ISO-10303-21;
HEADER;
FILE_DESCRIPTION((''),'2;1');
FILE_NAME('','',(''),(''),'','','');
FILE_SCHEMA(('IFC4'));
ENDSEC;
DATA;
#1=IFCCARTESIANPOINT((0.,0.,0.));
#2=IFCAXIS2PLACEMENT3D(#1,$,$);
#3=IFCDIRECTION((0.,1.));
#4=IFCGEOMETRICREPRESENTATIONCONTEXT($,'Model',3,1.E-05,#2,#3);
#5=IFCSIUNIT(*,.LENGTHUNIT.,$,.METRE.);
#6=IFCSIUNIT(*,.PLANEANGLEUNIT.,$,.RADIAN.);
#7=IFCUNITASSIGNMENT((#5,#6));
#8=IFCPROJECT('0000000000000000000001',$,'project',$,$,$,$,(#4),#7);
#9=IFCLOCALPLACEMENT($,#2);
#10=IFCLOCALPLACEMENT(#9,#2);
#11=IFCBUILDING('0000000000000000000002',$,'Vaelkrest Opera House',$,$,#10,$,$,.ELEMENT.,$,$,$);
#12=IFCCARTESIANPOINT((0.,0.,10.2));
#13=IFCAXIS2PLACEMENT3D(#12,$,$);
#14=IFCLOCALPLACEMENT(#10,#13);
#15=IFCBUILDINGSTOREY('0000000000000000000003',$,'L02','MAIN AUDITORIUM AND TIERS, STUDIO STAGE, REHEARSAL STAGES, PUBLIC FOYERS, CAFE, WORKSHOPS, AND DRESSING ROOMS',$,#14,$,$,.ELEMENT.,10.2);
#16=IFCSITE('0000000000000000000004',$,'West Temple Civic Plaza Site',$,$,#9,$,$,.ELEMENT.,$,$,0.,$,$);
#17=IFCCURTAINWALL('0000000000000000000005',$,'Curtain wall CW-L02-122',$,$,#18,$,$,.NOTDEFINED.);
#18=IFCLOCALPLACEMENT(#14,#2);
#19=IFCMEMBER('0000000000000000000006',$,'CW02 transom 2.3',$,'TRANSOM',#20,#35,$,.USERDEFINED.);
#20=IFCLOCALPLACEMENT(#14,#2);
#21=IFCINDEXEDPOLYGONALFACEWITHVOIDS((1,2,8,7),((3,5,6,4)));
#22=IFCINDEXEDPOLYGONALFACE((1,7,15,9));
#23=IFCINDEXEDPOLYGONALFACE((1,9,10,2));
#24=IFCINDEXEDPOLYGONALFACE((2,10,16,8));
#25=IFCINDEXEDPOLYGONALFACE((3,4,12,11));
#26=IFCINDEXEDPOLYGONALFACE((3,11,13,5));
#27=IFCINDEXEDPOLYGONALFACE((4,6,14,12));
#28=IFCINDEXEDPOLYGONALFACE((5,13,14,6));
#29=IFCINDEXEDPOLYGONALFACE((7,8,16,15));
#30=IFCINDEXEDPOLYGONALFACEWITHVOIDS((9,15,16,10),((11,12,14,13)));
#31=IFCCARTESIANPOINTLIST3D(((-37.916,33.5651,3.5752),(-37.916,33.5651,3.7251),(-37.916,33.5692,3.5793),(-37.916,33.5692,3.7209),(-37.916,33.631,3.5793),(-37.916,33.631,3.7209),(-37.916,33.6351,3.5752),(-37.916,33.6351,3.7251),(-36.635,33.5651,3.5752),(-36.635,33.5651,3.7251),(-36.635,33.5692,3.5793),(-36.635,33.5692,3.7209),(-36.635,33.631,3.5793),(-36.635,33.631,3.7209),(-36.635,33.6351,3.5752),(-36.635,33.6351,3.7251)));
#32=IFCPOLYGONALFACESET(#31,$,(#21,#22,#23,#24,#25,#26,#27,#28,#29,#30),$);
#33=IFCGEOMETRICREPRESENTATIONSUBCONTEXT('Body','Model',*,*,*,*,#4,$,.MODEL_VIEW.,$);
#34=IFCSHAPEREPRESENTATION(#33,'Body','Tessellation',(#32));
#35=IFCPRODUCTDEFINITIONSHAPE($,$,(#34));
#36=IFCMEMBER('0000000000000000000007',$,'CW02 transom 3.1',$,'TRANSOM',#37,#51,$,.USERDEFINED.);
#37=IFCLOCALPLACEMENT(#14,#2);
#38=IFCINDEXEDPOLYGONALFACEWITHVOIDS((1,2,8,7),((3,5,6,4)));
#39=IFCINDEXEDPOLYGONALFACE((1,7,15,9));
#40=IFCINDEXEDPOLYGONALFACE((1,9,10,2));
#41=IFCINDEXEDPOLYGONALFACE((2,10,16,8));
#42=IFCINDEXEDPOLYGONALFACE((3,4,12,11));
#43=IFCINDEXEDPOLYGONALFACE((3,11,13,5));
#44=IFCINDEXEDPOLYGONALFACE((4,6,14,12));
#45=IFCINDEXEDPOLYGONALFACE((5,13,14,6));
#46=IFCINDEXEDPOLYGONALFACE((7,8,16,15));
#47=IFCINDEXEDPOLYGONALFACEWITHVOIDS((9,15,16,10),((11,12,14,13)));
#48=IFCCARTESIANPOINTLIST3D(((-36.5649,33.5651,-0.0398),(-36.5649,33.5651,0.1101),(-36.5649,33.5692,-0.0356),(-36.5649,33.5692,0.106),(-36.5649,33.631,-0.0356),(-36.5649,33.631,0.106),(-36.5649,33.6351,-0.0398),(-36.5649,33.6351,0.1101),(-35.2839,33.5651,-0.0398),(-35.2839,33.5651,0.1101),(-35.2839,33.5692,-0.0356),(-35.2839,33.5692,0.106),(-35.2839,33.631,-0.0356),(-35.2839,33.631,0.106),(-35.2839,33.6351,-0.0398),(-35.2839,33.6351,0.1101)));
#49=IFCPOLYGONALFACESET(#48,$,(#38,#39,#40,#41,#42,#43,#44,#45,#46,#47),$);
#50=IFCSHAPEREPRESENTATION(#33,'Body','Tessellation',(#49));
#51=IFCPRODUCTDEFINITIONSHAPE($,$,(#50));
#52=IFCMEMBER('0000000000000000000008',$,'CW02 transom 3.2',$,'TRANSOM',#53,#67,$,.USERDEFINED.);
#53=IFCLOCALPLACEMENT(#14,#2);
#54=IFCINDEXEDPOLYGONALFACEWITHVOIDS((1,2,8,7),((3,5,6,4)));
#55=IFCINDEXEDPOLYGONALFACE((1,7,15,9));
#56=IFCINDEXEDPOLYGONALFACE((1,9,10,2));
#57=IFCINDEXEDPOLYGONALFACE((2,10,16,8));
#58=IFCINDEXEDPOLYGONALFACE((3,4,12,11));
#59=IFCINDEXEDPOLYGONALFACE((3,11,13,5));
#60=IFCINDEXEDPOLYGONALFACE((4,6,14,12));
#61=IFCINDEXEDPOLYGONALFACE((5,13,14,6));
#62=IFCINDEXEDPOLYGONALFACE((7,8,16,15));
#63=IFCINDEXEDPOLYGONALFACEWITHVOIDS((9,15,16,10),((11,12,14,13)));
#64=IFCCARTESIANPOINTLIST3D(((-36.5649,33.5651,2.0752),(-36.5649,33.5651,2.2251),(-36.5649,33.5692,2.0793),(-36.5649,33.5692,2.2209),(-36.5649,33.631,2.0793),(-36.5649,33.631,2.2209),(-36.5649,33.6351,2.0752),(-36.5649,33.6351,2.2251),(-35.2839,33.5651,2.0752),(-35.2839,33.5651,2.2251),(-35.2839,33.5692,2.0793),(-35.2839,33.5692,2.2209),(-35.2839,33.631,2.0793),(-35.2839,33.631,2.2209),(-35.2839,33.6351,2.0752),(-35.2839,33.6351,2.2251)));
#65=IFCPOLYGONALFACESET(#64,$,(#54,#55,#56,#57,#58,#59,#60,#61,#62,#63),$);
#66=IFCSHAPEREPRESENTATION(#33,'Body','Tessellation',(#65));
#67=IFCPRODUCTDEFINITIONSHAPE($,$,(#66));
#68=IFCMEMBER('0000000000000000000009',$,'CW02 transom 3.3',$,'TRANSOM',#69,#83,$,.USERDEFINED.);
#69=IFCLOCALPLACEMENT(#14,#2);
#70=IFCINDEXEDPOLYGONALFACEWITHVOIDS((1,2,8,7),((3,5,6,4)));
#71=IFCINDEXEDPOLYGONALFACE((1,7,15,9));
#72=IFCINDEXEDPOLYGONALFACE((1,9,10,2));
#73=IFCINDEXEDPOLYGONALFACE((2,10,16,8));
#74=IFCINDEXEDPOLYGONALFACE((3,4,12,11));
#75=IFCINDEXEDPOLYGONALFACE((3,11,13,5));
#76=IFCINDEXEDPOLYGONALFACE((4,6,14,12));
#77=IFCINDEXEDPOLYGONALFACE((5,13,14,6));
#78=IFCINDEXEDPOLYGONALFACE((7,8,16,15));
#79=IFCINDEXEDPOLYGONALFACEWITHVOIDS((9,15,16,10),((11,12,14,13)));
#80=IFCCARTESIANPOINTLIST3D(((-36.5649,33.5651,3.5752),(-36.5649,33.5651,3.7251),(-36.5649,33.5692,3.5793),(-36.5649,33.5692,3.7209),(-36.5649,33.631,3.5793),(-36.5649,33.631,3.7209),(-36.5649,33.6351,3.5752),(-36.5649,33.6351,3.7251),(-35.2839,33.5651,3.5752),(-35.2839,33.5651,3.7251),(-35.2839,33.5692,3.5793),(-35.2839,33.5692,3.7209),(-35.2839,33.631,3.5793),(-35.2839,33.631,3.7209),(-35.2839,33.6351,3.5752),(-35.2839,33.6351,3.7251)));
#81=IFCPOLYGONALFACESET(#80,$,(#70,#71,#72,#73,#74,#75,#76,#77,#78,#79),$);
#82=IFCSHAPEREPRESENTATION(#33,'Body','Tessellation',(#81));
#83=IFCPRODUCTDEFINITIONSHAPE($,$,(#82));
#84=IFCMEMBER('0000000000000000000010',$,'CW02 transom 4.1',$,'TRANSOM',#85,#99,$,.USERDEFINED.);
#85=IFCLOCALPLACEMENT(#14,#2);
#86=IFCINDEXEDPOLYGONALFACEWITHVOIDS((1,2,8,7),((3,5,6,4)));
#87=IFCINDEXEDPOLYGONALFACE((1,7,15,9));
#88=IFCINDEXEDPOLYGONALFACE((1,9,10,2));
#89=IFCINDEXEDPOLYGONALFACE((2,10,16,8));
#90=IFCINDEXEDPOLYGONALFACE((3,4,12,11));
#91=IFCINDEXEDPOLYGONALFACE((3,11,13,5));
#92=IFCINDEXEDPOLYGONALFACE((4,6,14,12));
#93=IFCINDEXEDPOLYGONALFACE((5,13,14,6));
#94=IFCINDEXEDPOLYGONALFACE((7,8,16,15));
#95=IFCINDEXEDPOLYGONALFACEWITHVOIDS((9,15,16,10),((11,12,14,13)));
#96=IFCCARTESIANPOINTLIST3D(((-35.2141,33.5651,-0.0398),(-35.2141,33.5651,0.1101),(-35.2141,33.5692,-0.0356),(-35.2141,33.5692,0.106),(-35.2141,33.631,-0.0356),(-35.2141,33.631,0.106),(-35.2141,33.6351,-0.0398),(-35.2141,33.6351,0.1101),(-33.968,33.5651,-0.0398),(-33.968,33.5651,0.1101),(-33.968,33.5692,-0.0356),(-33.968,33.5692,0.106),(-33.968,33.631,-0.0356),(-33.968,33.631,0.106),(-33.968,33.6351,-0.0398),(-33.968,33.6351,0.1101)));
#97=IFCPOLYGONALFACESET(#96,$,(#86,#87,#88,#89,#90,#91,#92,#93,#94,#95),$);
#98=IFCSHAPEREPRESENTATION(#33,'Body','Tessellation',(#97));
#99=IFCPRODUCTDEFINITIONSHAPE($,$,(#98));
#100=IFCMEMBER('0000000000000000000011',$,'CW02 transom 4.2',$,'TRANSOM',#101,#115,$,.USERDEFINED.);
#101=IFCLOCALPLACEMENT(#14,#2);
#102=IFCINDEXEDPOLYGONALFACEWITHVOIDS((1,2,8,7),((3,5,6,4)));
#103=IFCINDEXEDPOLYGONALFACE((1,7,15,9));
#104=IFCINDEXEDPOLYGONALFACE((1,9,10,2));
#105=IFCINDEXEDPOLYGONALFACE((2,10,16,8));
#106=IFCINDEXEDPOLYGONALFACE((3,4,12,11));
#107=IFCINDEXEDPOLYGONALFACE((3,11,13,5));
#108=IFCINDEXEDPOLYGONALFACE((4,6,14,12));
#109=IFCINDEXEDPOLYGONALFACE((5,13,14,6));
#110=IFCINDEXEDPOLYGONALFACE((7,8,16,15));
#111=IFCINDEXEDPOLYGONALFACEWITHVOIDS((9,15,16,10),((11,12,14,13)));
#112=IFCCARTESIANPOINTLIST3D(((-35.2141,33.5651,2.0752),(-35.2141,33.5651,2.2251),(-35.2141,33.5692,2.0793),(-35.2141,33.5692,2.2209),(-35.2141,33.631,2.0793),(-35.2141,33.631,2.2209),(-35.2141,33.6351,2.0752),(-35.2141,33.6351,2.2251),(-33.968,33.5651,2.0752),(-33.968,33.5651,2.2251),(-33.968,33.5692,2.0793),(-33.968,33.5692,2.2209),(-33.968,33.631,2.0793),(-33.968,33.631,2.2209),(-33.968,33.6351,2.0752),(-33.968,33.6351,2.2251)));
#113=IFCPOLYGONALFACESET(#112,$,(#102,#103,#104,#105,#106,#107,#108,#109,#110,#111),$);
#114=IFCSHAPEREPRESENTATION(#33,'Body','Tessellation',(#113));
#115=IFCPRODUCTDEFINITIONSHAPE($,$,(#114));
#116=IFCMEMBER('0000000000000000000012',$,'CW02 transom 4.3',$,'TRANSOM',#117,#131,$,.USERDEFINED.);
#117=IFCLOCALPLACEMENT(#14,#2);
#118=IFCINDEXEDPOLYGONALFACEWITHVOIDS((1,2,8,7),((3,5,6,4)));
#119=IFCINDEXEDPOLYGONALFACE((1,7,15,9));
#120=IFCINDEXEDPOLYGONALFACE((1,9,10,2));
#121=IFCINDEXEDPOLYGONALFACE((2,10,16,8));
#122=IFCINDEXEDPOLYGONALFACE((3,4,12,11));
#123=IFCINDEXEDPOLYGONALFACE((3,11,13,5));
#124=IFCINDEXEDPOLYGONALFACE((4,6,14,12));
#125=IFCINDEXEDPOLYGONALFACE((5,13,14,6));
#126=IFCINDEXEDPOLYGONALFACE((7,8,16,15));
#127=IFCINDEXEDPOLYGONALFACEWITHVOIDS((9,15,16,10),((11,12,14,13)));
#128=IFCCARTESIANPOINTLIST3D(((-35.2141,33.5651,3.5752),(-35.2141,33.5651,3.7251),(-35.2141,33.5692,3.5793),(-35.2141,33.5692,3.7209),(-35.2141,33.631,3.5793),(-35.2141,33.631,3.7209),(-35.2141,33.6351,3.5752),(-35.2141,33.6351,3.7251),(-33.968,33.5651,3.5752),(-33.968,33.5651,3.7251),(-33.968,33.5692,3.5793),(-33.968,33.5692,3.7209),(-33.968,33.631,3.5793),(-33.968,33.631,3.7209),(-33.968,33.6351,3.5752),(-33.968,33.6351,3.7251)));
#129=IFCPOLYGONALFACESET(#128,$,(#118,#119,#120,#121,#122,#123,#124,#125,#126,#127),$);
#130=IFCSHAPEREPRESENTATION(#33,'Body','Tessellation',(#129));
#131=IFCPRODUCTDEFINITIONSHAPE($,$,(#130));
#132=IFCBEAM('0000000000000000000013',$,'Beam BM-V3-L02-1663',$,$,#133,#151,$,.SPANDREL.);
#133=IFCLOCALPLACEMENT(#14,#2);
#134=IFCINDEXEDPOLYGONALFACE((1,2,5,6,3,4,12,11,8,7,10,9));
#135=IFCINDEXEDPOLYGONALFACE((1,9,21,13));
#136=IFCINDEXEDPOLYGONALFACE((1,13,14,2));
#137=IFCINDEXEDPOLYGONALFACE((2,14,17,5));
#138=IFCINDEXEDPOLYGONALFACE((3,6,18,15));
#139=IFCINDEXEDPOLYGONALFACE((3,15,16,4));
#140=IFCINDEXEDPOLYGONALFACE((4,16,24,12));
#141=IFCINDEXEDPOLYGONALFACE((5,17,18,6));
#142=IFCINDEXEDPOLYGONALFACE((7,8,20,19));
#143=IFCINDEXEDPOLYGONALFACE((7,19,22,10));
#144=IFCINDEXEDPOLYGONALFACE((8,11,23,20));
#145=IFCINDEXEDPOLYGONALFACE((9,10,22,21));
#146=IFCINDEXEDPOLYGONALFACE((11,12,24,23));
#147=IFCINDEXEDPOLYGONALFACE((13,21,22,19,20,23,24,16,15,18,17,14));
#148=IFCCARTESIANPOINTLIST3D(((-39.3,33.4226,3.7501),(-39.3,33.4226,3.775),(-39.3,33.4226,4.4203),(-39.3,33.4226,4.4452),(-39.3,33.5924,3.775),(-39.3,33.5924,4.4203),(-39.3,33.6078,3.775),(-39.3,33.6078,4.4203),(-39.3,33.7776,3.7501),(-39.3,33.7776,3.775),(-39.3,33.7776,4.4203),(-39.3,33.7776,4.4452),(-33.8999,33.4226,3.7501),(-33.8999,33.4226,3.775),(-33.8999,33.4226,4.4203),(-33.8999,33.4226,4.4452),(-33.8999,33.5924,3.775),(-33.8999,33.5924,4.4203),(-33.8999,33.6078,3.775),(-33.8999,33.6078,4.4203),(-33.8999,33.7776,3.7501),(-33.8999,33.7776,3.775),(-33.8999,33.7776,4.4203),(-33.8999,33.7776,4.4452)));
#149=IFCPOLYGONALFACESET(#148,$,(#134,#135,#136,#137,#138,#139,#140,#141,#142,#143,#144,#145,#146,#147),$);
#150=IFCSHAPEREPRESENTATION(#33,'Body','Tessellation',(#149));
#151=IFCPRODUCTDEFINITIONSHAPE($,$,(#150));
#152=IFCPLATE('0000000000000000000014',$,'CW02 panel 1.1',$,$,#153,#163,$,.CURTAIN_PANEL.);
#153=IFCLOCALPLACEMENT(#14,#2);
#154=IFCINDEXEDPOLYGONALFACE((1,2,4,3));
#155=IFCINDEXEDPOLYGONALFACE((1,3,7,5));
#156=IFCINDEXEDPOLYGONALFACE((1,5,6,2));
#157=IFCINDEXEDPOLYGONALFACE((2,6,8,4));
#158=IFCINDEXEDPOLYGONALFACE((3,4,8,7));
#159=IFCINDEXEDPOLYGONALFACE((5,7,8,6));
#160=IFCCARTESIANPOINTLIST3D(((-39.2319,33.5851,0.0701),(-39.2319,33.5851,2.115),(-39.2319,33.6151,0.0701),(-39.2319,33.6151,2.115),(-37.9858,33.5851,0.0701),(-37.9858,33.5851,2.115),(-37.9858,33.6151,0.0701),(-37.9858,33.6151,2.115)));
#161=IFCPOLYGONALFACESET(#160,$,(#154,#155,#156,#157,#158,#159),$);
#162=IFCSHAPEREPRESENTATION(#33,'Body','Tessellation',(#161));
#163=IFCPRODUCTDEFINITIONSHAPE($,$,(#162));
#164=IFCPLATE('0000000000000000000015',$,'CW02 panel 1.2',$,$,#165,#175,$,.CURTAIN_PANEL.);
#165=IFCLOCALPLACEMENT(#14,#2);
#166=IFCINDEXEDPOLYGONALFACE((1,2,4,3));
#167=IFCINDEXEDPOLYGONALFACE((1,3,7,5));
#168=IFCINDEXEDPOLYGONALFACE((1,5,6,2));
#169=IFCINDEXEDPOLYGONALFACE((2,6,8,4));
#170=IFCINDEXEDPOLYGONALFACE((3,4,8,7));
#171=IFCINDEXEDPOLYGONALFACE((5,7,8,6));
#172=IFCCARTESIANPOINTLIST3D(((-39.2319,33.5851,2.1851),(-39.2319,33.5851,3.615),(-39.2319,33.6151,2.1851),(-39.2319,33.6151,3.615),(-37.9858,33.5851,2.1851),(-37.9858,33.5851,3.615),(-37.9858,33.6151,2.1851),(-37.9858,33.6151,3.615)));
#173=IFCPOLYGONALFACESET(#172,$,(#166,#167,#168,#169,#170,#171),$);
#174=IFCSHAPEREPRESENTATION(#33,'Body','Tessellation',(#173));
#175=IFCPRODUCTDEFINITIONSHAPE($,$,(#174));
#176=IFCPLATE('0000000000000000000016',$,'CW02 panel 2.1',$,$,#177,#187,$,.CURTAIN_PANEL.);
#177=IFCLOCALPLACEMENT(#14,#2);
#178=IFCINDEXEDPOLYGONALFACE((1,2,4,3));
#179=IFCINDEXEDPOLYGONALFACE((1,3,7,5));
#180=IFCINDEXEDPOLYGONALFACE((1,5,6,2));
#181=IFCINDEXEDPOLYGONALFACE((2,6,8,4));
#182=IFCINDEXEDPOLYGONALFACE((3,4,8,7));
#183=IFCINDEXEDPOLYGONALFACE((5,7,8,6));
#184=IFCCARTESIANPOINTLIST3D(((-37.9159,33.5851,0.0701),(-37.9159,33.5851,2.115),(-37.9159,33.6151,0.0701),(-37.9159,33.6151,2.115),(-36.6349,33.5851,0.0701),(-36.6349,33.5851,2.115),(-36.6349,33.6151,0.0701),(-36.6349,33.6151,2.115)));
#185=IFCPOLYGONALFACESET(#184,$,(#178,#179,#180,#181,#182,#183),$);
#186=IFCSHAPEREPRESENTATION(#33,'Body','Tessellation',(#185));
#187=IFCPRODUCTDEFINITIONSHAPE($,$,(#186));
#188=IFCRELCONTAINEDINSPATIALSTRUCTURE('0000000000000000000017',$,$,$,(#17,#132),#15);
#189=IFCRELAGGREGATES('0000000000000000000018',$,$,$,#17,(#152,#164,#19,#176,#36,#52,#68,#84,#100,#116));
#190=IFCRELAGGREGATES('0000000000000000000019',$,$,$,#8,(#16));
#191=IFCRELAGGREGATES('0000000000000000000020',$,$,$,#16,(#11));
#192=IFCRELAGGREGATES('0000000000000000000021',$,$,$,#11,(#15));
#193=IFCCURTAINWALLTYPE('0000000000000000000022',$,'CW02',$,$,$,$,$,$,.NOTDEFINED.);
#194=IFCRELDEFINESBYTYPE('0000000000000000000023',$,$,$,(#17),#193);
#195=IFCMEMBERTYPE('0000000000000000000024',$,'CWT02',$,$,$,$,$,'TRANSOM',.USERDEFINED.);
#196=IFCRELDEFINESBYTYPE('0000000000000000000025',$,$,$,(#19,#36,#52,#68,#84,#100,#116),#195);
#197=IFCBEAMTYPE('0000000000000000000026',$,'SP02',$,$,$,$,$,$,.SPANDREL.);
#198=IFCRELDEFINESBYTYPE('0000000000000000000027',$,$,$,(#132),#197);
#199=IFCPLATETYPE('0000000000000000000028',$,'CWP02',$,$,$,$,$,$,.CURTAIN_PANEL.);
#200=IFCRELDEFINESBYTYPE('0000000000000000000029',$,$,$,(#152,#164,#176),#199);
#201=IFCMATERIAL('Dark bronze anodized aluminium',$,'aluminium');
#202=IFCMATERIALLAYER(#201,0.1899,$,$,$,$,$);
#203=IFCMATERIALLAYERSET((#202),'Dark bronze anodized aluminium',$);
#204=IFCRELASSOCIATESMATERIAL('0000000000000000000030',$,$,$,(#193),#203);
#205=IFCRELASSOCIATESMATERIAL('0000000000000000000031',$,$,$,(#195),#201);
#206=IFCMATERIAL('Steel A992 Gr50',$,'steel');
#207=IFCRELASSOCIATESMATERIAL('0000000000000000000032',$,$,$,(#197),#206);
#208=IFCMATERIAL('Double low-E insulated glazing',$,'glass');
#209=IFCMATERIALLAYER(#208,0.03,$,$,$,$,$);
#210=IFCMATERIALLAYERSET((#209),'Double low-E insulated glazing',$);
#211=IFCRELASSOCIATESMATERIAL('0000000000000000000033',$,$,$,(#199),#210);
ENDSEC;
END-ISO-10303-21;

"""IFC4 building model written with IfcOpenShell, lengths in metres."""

from ifc_helpers import new_model, si_unit, direction, frame, origin, origin_2d, place, context, subcontext, project, spatial, rectangle, hollow_rectangle, i_section, extrude, material, layer, layer_set, material_profile, profile_set, type_object, element, aggregate, save


model = new_model("IFC4")

# Units and contexts
model_context = context("Model", 3, precision=1e-05, world=origin(), true_north=direction((0.0, 1.0)))
body_context = subcontext(model_context, "Body", "Model", "MODEL_VIEW")
ifc_project = project(units=[si_unit("LENGTHUNIT", "METRE"), si_unit("PLANEANGLEUNIT", "RADIAN")], contexts=[model_context])

# Site, building, storey
site_placement = place(None, origin())
site = spatial("IfcSite", under=ifc_project, at=site_placement, Name="West Temple Civic Plaza Site", CompositionType="ELEMENT", RefElevation=0.0)
building_placement = place(site_placement, origin())
building = spatial("IfcBuilding", under=site, at=building_placement, Name="Vaelkrest Opera House", CompositionType="ELEMENT")
storey_placement = place(building_placement, frame((0.0, 0.0, 10.2)))
storey = spatial("IfcBuildingStorey", under=building, at=storey_placement, Name="L02", Description="MAIN AUDITORIUM AND TIERS, STUDIO STAGE, REHEARSAL STAGES, PUBLIC FOYERS, CAFE, WORKSHOPS, AND DRESSING ROOMS", CompositionType="ELEMENT", Elevation=10.2)

# Curtain wall, members
ifc_material_1 = material(Name="Dark bronze anodized aluminium", Category="aluminium")
ifc_layer_1 = layer(ifc_material_1, 0.1899)
ifc_layer_set_1 = layer_set([ifc_layer_1], Name="Dark bronze anodized aluminium")
curtain_wall_type = type_object("IfcCurtainWallType", Name="CW02", PredefinedType="NOTDEFINED", material=ifc_layer_set_1)
curtain_wall_placement = place(storey_placement, origin())
curtain_wall = element("IfcCurtainWall", 1, at=curtain_wall_placement, inside=storey, type_object=curtain_wall_type, Name="Curtain wall CW-L02-122", PredefinedType="NOTDEFINED")
ifc_material_profile_1 = material_profile(ifc_material_1, hollow_rectangle(XDim=0.0701, YDim=0.1499, WallThickness=0.0042, at=origin_2d()), Name="CWT70X150")
ifc_profile_set_1 = profile_set([ifc_material_profile_1], Name="Dark bronze anodized aluminium")
member_type_1 = type_object("IfcMemberType", Name="CWT02", ElementType="TRANSOM", PredefinedType="USERDEFINED", material=ifc_profile_set_1)
member_1_placement = place(storey_placement, frame((-37.916, 33.6001, 3.6501), z_axis=(1.0, 0.0, 0.0), x_axis=(0.0, 1.0, 0.0)))
member_1 = element("IfcMember", 2, at=member_1_placement, type_object=member_type_1, Name="CW02 transom 2.3", ObjectType="TRANSOM", PredefinedType="USERDEFINED", context=body_context, shape_type="SweptSolid", body=[
    extrude(hollow_rectangle(XDim=0.0701, YDim=0.1499, WallThickness=0.0042, at=origin_2d()), origin(), (0.0, 0.0, 1.0), 1.281),
])
member_2_placement = place(storey_placement, frame((-36.5649, 33.6001, 0.0352), z_axis=(1.0, 0.0, 0.0), x_axis=(0.0, 1.0, 0.0)))
member_2 = element("IfcMember", 3, at=member_2_placement, type_object=member_type_1, Name="CW02 transom 3.1", ObjectType="TRANSOM", PredefinedType="USERDEFINED", context=body_context, shape_type="SweptSolid", body=[
    extrude(hollow_rectangle(XDim=0.0701, YDim=0.1499, WallThickness=0.0042, at=origin_2d()), origin(), (0.0, 0.0, 1.0), 1.281),
])
member_3_placement = place(storey_placement, frame((-36.5649, 33.6001, 2.1501), z_axis=(1.0, 0.0, 0.0), x_axis=(0.0, 1.0, 0.0)))
member_3 = element("IfcMember", 4, at=member_3_placement, type_object=member_type_1, Name="CW02 transom 3.2", ObjectType="TRANSOM", PredefinedType="USERDEFINED", context=body_context, shape_type="SweptSolid", body=[
    extrude(hollow_rectangle(XDim=0.0701, YDim=0.1499, WallThickness=0.0042, at=origin_2d()), origin(), (0.0, 0.0, 1.0), 1.281),
])
member_4_placement = place(storey_placement, frame((-36.5649, 33.6001, 3.6501), z_axis=(1.0, 0.0, 0.0), x_axis=(0.0, 1.0, 0.0)))
member_4 = element("IfcMember", 5, at=member_4_placement, type_object=member_type_1, Name="CW02 transom 3.3", ObjectType="TRANSOM", PredefinedType="USERDEFINED", context=body_context, shape_type="SweptSolid", body=[
    extrude(hollow_rectangle(XDim=0.0701, YDim=0.1499, WallThickness=0.0042, at=origin_2d()), origin(), (0.0, 0.0, 1.0), 1.281),
])
member_5_placement = place(storey_placement, frame((-35.2141, 33.6001, 0.0352), z_axis=(1.0, 0.0, 0.0), x_axis=(0.0, 1.0, 0.0)))
member_5 = element("IfcMember", 6, at=member_5_placement, type_object=member_type_1, Name="CW02 transom 4.1", ObjectType="TRANSOM", PredefinedType="USERDEFINED", context=body_context, shape_type="SweptSolid", body=[
    extrude(hollow_rectangle(XDim=0.0701, YDim=0.1499, WallThickness=0.0042, at=origin_2d()), origin(), (0.0, 0.0, 1.0), 1.2461),
])
member_6_placement = place(storey_placement, frame((-35.2141, 33.6001, 2.1501), z_axis=(1.0, 0.0, 0.0), x_axis=(0.0, 1.0, 0.0)))
member_6 = element("IfcMember", 7, at=member_6_placement, type_object=member_type_1, Name="CW02 transom 4.2", ObjectType="TRANSOM", PredefinedType="USERDEFINED", context=body_context, shape_type="SweptSolid", body=[
    extrude(hollow_rectangle(XDim=0.0701, YDim=0.1499, WallThickness=0.0042, at=origin_2d()), origin(), (0.0, 0.0, 1.0), 1.2461),
])
member_7_placement = place(storey_placement, frame((-35.2141, 33.6001, 3.6501), z_axis=(1.0, 0.0, 0.0), x_axis=(0.0, 1.0, 0.0)))
member_7 = element("IfcMember", 8, at=member_7_placement, type_object=member_type_1, Name="CW02 transom 4.3", ObjectType="TRANSOM", PredefinedType="USERDEFINED", context=body_context, shape_type="SweptSolid", body=[
    extrude(hollow_rectangle(XDim=0.0701, YDim=0.1499, WallThickness=0.0042, at=origin_2d()), origin(), (0.0, 0.0, 1.0), 1.2461),
])

# Beam
ifc_material_2 = material(Name="Steel A992 Gr50", Category="steel")
ifc_material_profile_2 = material_profile(ifc_material_2, i_section(OverallWidth=0.355, OverallDepth=0.6951, WebThickness=0.0154, FlangeThickness=0.0249, at=origin_2d()), Name="W27X146")
ifc_profile_set_2 = profile_set([ifc_material_profile_2], Name="Steel A992 Gr50")
beam_type = type_object("IfcBeamType", Name="SP02", PredefinedType="SPANDREL", material=ifc_profile_set_2)
beam_placement = place(storey_placement, frame((-39.3, 33.6001, 4.0977), z_axis=(1.0, 0.0, 0.0), x_axis=(0.0, 1.0, 0.0)))
element("IfcBeam", 9, at=beam_placement, inside=storey, type_object=beam_type, Name="Beam BM-V3-L02-1663", PredefinedType="SPANDREL", context=body_context, shape_type="SweptSolid", body=[
    extrude(i_section(OverallWidth=0.355, OverallDepth=0.6951, WebThickness=0.0154, FlangeThickness=0.0249, at=origin_2d()), origin(), (0.0, 0.0, 1.0), 5.4001),
])

# Plates
ifc_material_3 = material(Name="Double low-E insulated glazing", Category="glass")
ifc_layer_2 = layer(ifc_material_3, 0.03)
ifc_layer_set_2 = layer_set([ifc_layer_2], Name="Double low-E insulated glazing")
plate_type = type_object("IfcPlateType", Name="CWP02", PredefinedType="CURTAIN_PANEL", material=ifc_layer_set_2)
plate_1_placement = place(storey_placement, frame((-38.6089, 33.6001, 0.0701), z_axis=(0.0, 0.0, 1.0), x_axis=(1.0, 0.0, 0.0)))
plate_1 = element("IfcPlate", 10, at=plate_1_placement, type_object=plate_type, Name="CW02 panel 1.1", PredefinedType="CURTAIN_PANEL", context=body_context, shape_type="SweptSolid", body=[
    extrude(rectangle(XDim=1.2461, YDim=0.03, at=origin_2d()), origin(), (0.0, 0.0, 1.0), 2.0449),
])
plate_2_placement = place(storey_placement, frame((-38.6089, 33.6001, 2.1851), z_axis=(0.0, 0.0, 1.0), x_axis=(1.0, 0.0, 0.0)))
plate_2 = element("IfcPlate", 11, at=plate_2_placement, type_object=plate_type, Name="CW02 panel 1.2", PredefinedType="CURTAIN_PANEL", context=body_context, shape_type="SweptSolid", body=[
    extrude(rectangle(XDim=1.2461, YDim=0.03, at=origin_2d()), origin(), (0.0, 0.0, 1.0), 1.4299),
])
plate_3_placement = place(storey_placement, frame((-37.2754, 33.6001, 0.0701), z_axis=(0.0, 0.0, 1.0), x_axis=(1.0, 0.0, 0.0)))
plate_3 = element("IfcPlate", 12, at=plate_3_placement, type_object=plate_type, Name="CW02 panel 2.1", PredefinedType="CURTAIN_PANEL", context=body_context, shape_type="SweptSolid", body=[
    extrude(rectangle(XDim=1.281, YDim=0.03, at=origin_2d()), origin(), (0.0, 0.0, 1.0), 2.0449),
])
aggregate(curtain_wall, [plate_1, plate_2, member_1, plate_3, member_2, member_3, member_4, member_5, member_6, member_7])

save(model, "model.ifc")
